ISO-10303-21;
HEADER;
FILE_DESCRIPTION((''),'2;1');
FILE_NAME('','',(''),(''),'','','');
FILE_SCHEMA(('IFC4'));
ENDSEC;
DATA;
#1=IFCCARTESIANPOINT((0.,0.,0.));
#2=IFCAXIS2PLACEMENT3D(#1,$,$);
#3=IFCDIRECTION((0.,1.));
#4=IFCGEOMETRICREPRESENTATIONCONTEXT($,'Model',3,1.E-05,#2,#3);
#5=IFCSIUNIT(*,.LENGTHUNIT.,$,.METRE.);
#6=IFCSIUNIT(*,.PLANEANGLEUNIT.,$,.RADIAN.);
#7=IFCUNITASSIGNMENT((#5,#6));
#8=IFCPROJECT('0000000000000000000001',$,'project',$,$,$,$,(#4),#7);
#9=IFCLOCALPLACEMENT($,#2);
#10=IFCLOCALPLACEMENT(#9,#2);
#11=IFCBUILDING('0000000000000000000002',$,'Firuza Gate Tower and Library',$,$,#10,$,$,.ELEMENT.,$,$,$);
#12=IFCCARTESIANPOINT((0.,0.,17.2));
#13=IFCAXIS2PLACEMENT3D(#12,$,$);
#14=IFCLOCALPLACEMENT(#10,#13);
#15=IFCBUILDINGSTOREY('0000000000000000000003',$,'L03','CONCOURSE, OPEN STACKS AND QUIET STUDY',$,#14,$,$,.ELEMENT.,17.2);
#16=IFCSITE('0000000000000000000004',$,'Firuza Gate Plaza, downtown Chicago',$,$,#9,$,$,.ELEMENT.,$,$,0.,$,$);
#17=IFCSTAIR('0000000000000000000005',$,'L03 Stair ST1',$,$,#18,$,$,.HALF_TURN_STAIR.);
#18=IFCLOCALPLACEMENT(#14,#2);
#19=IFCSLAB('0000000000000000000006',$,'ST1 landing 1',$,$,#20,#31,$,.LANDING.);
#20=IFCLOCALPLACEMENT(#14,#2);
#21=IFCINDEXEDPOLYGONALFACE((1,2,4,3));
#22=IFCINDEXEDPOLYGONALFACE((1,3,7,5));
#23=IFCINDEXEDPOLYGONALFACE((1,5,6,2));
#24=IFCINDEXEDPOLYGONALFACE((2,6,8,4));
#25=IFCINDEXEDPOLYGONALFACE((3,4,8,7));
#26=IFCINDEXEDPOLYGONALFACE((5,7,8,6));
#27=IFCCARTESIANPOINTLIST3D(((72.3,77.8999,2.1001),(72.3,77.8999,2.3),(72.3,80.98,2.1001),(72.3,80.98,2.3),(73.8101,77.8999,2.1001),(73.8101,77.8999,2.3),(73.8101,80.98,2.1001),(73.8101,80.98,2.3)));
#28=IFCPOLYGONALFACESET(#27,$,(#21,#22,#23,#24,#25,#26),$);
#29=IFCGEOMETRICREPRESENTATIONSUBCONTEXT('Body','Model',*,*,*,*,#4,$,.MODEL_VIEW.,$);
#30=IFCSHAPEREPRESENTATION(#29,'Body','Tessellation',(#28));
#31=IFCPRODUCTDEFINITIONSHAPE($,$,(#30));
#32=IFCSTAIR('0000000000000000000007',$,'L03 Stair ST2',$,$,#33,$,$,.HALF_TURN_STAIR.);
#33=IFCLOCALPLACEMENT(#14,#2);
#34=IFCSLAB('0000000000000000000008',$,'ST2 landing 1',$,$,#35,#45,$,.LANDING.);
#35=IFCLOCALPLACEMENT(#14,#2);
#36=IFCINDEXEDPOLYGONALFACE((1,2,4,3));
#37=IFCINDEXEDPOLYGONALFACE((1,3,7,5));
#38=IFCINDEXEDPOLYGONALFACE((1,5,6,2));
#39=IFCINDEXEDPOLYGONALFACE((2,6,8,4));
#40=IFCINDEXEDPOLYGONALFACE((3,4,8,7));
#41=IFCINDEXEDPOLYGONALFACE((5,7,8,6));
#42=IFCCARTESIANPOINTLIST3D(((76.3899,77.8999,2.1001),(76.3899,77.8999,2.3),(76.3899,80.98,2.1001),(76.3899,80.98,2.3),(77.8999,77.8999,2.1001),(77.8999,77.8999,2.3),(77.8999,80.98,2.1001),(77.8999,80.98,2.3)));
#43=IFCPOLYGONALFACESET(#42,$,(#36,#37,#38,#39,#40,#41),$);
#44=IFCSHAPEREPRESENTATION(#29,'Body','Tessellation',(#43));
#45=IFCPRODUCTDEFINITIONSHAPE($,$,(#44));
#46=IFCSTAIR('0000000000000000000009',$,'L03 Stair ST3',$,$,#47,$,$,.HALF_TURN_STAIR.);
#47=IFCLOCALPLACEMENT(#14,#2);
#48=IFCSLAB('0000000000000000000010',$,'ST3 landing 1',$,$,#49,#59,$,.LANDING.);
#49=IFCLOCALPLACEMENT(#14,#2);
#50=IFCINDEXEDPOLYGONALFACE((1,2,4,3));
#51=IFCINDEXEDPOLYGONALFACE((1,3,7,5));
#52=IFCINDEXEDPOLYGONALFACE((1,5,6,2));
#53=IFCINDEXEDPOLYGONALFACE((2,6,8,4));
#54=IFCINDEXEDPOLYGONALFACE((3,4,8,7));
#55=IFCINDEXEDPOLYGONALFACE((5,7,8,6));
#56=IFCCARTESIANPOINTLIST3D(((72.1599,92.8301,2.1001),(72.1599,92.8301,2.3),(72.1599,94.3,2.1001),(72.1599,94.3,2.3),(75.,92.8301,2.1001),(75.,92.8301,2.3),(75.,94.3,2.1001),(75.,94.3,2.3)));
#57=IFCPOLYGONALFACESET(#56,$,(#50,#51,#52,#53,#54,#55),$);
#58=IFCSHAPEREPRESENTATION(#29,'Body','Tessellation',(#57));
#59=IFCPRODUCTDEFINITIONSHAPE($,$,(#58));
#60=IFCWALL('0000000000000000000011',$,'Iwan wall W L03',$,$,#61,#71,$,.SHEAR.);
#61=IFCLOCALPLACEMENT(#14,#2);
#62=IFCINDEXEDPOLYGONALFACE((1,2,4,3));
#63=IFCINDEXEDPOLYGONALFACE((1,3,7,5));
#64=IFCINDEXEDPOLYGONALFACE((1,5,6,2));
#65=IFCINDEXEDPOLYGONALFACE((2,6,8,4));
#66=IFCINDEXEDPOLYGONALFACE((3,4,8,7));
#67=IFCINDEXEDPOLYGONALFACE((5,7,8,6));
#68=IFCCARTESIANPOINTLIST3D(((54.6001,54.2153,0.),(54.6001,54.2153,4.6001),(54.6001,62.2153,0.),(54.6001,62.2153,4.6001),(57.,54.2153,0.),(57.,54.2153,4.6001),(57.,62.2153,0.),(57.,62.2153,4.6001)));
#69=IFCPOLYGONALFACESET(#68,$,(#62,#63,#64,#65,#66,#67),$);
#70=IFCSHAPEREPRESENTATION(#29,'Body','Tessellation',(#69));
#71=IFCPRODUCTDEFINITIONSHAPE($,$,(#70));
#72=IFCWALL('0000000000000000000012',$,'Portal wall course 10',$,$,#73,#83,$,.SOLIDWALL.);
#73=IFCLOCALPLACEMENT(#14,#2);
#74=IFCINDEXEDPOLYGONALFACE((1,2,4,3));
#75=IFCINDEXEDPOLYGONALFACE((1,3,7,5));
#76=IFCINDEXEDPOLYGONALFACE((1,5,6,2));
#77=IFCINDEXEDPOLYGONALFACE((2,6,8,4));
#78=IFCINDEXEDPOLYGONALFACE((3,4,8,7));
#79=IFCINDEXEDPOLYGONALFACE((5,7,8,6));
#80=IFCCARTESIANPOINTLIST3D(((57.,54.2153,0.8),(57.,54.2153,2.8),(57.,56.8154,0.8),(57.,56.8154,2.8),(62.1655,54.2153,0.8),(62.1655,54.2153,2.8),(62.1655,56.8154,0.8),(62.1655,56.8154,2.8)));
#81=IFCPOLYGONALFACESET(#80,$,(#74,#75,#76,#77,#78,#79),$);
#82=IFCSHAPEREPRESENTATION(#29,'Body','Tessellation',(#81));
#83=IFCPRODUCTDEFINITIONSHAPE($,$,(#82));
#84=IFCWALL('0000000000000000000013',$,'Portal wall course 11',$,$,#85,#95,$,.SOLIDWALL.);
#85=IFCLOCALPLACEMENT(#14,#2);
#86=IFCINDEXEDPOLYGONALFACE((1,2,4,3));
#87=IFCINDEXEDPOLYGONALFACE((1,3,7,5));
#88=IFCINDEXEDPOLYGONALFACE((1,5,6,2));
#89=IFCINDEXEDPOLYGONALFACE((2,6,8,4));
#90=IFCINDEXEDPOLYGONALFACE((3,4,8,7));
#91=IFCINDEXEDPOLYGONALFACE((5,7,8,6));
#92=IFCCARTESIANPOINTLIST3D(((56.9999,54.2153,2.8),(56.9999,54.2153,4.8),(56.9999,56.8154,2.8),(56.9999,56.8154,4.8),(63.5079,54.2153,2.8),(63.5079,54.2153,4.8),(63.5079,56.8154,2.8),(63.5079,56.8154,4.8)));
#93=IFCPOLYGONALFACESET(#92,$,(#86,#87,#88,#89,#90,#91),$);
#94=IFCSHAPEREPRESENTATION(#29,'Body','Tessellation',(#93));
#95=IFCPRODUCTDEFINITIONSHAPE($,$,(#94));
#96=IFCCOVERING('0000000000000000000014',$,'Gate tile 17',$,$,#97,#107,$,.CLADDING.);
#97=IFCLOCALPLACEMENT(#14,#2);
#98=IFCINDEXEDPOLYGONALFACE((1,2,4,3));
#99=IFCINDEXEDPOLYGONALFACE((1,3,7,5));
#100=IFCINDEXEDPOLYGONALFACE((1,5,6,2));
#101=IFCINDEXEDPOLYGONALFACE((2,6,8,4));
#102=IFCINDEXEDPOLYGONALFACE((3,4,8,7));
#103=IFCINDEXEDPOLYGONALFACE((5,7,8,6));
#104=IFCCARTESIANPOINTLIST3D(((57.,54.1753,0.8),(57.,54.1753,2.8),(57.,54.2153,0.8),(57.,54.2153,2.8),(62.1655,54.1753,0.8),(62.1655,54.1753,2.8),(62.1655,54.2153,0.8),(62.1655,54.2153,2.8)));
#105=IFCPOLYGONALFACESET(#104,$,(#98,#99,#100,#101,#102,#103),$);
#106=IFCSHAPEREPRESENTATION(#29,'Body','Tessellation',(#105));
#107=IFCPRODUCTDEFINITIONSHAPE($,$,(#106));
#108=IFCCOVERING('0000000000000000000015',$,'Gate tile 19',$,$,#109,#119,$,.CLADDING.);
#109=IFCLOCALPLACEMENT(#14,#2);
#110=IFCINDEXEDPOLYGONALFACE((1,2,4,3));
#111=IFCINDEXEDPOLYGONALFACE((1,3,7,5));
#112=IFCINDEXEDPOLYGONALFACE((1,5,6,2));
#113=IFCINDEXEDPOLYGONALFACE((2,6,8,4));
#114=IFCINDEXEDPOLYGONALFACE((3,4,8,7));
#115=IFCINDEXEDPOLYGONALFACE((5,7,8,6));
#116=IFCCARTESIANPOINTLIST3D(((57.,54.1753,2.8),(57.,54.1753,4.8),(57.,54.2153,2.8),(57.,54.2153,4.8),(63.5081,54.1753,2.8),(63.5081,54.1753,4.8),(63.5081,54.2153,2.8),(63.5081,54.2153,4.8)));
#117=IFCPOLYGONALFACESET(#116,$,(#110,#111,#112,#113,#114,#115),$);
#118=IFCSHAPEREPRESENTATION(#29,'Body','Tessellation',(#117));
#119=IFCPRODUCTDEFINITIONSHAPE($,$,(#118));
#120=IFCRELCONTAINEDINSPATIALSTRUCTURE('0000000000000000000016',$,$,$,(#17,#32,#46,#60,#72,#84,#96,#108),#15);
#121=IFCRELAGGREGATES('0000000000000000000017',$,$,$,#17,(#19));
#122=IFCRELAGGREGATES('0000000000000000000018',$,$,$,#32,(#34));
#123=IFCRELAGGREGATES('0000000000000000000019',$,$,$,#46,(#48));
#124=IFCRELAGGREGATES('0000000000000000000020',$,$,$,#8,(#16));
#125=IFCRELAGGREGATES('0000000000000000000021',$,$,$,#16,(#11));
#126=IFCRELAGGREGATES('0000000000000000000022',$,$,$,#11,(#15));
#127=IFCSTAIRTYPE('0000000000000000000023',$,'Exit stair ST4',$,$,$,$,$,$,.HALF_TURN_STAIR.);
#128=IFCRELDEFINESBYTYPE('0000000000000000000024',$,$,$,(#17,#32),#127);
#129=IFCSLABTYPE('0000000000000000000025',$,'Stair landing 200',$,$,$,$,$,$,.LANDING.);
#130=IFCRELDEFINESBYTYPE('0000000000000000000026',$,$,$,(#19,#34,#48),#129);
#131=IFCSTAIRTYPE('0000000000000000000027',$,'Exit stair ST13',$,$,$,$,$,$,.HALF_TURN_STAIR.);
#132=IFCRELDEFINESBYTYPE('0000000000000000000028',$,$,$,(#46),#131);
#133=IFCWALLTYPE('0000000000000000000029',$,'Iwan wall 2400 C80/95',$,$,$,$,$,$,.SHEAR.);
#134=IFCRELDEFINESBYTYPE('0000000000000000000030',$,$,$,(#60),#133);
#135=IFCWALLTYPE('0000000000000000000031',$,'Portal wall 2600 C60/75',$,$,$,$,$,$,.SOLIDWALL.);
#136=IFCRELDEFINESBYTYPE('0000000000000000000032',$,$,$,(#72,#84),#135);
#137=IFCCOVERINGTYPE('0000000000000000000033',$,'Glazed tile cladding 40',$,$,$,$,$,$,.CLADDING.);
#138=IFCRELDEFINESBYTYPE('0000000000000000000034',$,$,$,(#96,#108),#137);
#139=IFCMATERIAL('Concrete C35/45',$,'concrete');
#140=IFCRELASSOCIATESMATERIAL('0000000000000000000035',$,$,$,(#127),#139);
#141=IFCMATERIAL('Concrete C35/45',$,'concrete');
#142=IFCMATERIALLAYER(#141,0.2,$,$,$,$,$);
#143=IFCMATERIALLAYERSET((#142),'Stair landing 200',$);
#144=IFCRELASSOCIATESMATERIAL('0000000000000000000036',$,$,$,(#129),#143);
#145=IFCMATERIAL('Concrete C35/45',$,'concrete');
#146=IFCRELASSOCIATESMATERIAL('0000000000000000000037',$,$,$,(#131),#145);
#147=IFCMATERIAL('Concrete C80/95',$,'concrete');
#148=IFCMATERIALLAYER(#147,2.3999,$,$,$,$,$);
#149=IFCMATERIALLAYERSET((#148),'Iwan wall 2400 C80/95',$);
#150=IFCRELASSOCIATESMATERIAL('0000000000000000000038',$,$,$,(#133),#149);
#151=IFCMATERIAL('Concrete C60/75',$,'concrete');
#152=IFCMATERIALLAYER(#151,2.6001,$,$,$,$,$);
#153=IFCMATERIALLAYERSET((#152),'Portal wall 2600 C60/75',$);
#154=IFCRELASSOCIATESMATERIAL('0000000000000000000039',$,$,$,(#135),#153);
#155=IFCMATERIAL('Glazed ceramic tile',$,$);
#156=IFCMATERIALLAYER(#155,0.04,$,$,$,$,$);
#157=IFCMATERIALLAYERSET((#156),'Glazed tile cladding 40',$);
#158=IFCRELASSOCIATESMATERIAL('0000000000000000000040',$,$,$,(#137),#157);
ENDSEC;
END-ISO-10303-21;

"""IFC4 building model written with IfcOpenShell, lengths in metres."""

from ifc_helpers import new_model, si_unit, direction, frame, frame_2d, origin, place, context, subcontext, project, spatial, polyline, rectangle, outline, extrude, material, layer, layer_set, type_object, element, aggregate, save


model = new_model("IFC4")

# Units and contexts
model_context = context("Model", 3, precision=1e-05, world=origin(), true_north=direction((0.0, 1.0)))
body_context = subcontext(model_context, "Body", "Model", "MODEL_VIEW")
ifc_project = project(units=[si_unit("LENGTHUNIT", "METRE"), si_unit("PLANEANGLEUNIT", "RADIAN")], contexts=[model_context])

# Site, building, storey
site_placement = place(None, origin())
site = spatial("IfcSite", under=ifc_project, at=site_placement, Name="Firuza Gate Plaza, downtown Chicago", CompositionType="ELEMENT", RefElevation=0.0)
building_placement = place(site_placement, origin())
building = spatial("IfcBuilding", under=site, at=building_placement, Name="Firuza Gate Tower and Library", CompositionType="ELEMENT")
storey_placement = place(building_placement, frame((0.0, 0.0, 17.2)))
storey = spatial("IfcBuildingStorey", under=building, at=storey_placement, Name="L03", Description="CONCOURSE, OPEN STACKS AND QUIET STUDY", CompositionType="ELEMENT", Elevation=17.2)

# Shared definitions
placement_1 = place(storey_placement, origin())

# Stairs, slabs
placement_2 = place(storey_placement, frame((0.0, 0.0, 2.1001)))
ifc_material_1 = material(Name="Concrete C35/45", Category="concrete")
stair_type_1 = type_object("IfcStairType", Name="Exit stair ST4", PredefinedType="HALF_TURN_STAIR", material=ifc_material_1)
stair_1 = element("IfcStair", 1, at=placement_1, inside=storey, type_object=stair_type_1, Name="L03 Stair ST1", PredefinedType="HALF_TURN_STAIR")
ifc_material_2 = material(Name="Concrete C35/45", Category="concrete")
ifc_layer_1 = layer(ifc_material_2, 0.2)
ifc_layer_set_1 = layer_set([ifc_layer_1], Name="Stair landing 200")
slab_type_1 = type_object("IfcSlabType", Name="Stair landing 200", PredefinedType="LANDING", material=ifc_layer_set_1)
slab_1 = element("IfcSlab", 2, at=placement_2, type_object=slab_type_1, Name="ST1 landing 1", PredefinedType="LANDING", context=body_context, shape_type="SweptSolid", body=[
    extrude(outline(polyline([(72.3, 77.8999), (73.8101, 77.8999), (73.8101, 80.98), (72.3, 80.98), (72.3, 77.8999)])), origin(), (0.0, 0.0, 1.0), 0.2),
])
aggregate(stair_1, [slab_1])
stair_2 = element("IfcStair", 3, at=placement_1, inside=storey, type_object=stair_type_1, Name="L03 Stair ST2", PredefinedType="HALF_TURN_STAIR")
slab_2 = element("IfcSlab", 4, at=placement_2, type_object=slab_type_1, Name="ST2 landing 1", PredefinedType="LANDING", context=body_context, shape_type="SweptSolid", body=[
    extrude(outline(polyline([(77.8999, 80.98), (76.3899, 80.98), (76.3899, 77.8999), (77.8999, 77.8999), (77.8999, 80.98)])), origin(), (0.0, 0.0, 1.0), 0.2),
])
aggregate(stair_2, [slab_2])
ifc_material_3 = material(Name="Concrete C35/45", Category="concrete")
stair_type_2 = type_object("IfcStairType", Name="Exit stair ST13", PredefinedType="HALF_TURN_STAIR", material=ifc_material_3)
stair_3 = element("IfcStair", 5, at=placement_1, inside=storey, type_object=stair_type_2, Name="L03 Stair ST3", PredefinedType="HALF_TURN_STAIR")
slab_3 = element("IfcSlab", 6, at=placement_2, type_object=slab_type_1, Name="ST3 landing 1", PredefinedType="LANDING", context=body_context, shape_type="SweptSolid", body=[
    extrude(outline(polyline([(75.0, 92.8301), (75.0, 94.3), (72.1599, 94.3), (72.1599, 92.8301), (75.0, 92.8301)])), origin(), (0.0, 0.0, 1.0), 0.2),
])
aggregate(stair_3, [slab_3])

# Walls
ifc_material_4 = material(Name="Concrete C80/95", Category="concrete")
ifc_layer_2 = layer(ifc_material_4, 2.3999)
ifc_layer_set_2 = layer_set([ifc_layer_2], Name="Iwan wall 2400 C80/95")
wall_type_1 = type_object("IfcWallType", Name="Iwan wall 2400 C80/95", PredefinedType="SHEAR", material=ifc_layer_set_2)
wall_1_placement = place(storey_placement, frame((55.8, 54.2153, 0.0), z_axis=(0.0, 0.0, 1.0), x_axis=(0.0, 1.0, 0.0)))
element("IfcWall", 7, at=wall_1_placement, inside=storey, type_object=wall_type_1, Name="Iwan wall W L03", PredefinedType="SHEAR", context=body_context, shape_type="SweptSolid", body=[
    extrude(rectangle(XDim=8.0, YDim=2.3999, at=frame_2d((4.0, 0.0))), origin(), (0.0, 0.0, 1.0), 4.6001),
])
ifc_material_5 = material(Name="Concrete C60/75", Category="concrete")
ifc_layer_3 = layer(ifc_material_5, 2.6001)
ifc_layer_set_3 = layer_set([ifc_layer_3], Name="Portal wall 2600 C60/75")
wall_type_2 = type_object("IfcWallType", Name="Portal wall 2600 C60/75", PredefinedType="SOLIDWALL", material=ifc_layer_set_3)
wall_2_placement = place(storey_placement, frame((57.0, 55.5154, 0.8), z_axis=(0.0, 0.0, 1.0), x_axis=(1.0, 0.0, 0.0)))
element("IfcWall", 8, at=wall_2_placement, inside=storey, type_object=wall_type_2, Name="Portal wall course 10", PredefinedType="SOLIDWALL", context=body_context, shape_type="SweptSolid", body=[
    extrude(rectangle(XDim=5.1655, YDim=2.6001, at=frame_2d((2.5828, 0.0))), origin(), (0.0, 0.0, 1.0), 2.0),
])
wall_3_placement = place(storey_placement, frame((57.0, 55.5154, 2.8), z_axis=(0.0, 0.0, 1.0), x_axis=(1.0, 0.0, 0.0)))
element("IfcWall", 9, at=wall_3_placement, inside=storey, type_object=wall_type_2, Name="Portal wall course 11", PredefinedType="SOLIDWALL", context=body_context, shape_type="SweptSolid", body=[
    extrude(rectangle(XDim=6.5081, YDim=2.6001, at=frame_2d((3.2539, 0.0))), origin(), (0.0, 0.0, 1.0), 2.0),
])

# Coverings
ifc_material_6 = material(Name="Glazed ceramic tile")
ifc_layer_4 = layer(ifc_material_6, 0.04)
ifc_layer_set_4 = layer_set([ifc_layer_4], Name="Glazed tile cladding 40")
covering_type = type_object("IfcCoveringType", Name="Glazed tile cladding 40", PredefinedType="CLADDING", material=ifc_layer_set_4)
covering_1_placement = place(storey_placement, frame((57.0, 54.1753, 0.8), z_axis=(0.0, -1.0, 0.0), x_axis=(1.0, 0.0, 0.0)))
element("IfcCovering", 10, at=covering_1_placement, inside=storey, type_object=covering_type, Name="Gate tile 17", PredefinedType="CLADDING", context=body_context, shape_type="SweptSolid", body=[
    extrude(outline(polyline([(0.0, 0.0), (5.1655, 0.0), (5.1655, 2.0), (0.0, 2.0), (0.0, 0.0)])), origin(), (0.0, 0.0, -1.0), 0.04),
])
covering_2_placement = place(storey_placement, frame((57.0, 54.1753, 2.8), z_axis=(0.0, -1.0, 0.0), x_axis=(1.0, 0.0, 0.0)))
element("IfcCovering", 11, at=covering_2_placement, inside=storey, type_object=covering_type, Name="Gate tile 19", PredefinedType="CLADDING", context=body_context, shape_type="SweptSolid", body=[
    extrude(outline(polyline([(0.0, 0.0), (6.5081, 0.0), (6.5081, 2.0), (0.0, 2.0), (0.0, 0.0)])), origin(), (0.0, 0.0, -1.0), 0.04),
])

save(model, "model.ifc")
